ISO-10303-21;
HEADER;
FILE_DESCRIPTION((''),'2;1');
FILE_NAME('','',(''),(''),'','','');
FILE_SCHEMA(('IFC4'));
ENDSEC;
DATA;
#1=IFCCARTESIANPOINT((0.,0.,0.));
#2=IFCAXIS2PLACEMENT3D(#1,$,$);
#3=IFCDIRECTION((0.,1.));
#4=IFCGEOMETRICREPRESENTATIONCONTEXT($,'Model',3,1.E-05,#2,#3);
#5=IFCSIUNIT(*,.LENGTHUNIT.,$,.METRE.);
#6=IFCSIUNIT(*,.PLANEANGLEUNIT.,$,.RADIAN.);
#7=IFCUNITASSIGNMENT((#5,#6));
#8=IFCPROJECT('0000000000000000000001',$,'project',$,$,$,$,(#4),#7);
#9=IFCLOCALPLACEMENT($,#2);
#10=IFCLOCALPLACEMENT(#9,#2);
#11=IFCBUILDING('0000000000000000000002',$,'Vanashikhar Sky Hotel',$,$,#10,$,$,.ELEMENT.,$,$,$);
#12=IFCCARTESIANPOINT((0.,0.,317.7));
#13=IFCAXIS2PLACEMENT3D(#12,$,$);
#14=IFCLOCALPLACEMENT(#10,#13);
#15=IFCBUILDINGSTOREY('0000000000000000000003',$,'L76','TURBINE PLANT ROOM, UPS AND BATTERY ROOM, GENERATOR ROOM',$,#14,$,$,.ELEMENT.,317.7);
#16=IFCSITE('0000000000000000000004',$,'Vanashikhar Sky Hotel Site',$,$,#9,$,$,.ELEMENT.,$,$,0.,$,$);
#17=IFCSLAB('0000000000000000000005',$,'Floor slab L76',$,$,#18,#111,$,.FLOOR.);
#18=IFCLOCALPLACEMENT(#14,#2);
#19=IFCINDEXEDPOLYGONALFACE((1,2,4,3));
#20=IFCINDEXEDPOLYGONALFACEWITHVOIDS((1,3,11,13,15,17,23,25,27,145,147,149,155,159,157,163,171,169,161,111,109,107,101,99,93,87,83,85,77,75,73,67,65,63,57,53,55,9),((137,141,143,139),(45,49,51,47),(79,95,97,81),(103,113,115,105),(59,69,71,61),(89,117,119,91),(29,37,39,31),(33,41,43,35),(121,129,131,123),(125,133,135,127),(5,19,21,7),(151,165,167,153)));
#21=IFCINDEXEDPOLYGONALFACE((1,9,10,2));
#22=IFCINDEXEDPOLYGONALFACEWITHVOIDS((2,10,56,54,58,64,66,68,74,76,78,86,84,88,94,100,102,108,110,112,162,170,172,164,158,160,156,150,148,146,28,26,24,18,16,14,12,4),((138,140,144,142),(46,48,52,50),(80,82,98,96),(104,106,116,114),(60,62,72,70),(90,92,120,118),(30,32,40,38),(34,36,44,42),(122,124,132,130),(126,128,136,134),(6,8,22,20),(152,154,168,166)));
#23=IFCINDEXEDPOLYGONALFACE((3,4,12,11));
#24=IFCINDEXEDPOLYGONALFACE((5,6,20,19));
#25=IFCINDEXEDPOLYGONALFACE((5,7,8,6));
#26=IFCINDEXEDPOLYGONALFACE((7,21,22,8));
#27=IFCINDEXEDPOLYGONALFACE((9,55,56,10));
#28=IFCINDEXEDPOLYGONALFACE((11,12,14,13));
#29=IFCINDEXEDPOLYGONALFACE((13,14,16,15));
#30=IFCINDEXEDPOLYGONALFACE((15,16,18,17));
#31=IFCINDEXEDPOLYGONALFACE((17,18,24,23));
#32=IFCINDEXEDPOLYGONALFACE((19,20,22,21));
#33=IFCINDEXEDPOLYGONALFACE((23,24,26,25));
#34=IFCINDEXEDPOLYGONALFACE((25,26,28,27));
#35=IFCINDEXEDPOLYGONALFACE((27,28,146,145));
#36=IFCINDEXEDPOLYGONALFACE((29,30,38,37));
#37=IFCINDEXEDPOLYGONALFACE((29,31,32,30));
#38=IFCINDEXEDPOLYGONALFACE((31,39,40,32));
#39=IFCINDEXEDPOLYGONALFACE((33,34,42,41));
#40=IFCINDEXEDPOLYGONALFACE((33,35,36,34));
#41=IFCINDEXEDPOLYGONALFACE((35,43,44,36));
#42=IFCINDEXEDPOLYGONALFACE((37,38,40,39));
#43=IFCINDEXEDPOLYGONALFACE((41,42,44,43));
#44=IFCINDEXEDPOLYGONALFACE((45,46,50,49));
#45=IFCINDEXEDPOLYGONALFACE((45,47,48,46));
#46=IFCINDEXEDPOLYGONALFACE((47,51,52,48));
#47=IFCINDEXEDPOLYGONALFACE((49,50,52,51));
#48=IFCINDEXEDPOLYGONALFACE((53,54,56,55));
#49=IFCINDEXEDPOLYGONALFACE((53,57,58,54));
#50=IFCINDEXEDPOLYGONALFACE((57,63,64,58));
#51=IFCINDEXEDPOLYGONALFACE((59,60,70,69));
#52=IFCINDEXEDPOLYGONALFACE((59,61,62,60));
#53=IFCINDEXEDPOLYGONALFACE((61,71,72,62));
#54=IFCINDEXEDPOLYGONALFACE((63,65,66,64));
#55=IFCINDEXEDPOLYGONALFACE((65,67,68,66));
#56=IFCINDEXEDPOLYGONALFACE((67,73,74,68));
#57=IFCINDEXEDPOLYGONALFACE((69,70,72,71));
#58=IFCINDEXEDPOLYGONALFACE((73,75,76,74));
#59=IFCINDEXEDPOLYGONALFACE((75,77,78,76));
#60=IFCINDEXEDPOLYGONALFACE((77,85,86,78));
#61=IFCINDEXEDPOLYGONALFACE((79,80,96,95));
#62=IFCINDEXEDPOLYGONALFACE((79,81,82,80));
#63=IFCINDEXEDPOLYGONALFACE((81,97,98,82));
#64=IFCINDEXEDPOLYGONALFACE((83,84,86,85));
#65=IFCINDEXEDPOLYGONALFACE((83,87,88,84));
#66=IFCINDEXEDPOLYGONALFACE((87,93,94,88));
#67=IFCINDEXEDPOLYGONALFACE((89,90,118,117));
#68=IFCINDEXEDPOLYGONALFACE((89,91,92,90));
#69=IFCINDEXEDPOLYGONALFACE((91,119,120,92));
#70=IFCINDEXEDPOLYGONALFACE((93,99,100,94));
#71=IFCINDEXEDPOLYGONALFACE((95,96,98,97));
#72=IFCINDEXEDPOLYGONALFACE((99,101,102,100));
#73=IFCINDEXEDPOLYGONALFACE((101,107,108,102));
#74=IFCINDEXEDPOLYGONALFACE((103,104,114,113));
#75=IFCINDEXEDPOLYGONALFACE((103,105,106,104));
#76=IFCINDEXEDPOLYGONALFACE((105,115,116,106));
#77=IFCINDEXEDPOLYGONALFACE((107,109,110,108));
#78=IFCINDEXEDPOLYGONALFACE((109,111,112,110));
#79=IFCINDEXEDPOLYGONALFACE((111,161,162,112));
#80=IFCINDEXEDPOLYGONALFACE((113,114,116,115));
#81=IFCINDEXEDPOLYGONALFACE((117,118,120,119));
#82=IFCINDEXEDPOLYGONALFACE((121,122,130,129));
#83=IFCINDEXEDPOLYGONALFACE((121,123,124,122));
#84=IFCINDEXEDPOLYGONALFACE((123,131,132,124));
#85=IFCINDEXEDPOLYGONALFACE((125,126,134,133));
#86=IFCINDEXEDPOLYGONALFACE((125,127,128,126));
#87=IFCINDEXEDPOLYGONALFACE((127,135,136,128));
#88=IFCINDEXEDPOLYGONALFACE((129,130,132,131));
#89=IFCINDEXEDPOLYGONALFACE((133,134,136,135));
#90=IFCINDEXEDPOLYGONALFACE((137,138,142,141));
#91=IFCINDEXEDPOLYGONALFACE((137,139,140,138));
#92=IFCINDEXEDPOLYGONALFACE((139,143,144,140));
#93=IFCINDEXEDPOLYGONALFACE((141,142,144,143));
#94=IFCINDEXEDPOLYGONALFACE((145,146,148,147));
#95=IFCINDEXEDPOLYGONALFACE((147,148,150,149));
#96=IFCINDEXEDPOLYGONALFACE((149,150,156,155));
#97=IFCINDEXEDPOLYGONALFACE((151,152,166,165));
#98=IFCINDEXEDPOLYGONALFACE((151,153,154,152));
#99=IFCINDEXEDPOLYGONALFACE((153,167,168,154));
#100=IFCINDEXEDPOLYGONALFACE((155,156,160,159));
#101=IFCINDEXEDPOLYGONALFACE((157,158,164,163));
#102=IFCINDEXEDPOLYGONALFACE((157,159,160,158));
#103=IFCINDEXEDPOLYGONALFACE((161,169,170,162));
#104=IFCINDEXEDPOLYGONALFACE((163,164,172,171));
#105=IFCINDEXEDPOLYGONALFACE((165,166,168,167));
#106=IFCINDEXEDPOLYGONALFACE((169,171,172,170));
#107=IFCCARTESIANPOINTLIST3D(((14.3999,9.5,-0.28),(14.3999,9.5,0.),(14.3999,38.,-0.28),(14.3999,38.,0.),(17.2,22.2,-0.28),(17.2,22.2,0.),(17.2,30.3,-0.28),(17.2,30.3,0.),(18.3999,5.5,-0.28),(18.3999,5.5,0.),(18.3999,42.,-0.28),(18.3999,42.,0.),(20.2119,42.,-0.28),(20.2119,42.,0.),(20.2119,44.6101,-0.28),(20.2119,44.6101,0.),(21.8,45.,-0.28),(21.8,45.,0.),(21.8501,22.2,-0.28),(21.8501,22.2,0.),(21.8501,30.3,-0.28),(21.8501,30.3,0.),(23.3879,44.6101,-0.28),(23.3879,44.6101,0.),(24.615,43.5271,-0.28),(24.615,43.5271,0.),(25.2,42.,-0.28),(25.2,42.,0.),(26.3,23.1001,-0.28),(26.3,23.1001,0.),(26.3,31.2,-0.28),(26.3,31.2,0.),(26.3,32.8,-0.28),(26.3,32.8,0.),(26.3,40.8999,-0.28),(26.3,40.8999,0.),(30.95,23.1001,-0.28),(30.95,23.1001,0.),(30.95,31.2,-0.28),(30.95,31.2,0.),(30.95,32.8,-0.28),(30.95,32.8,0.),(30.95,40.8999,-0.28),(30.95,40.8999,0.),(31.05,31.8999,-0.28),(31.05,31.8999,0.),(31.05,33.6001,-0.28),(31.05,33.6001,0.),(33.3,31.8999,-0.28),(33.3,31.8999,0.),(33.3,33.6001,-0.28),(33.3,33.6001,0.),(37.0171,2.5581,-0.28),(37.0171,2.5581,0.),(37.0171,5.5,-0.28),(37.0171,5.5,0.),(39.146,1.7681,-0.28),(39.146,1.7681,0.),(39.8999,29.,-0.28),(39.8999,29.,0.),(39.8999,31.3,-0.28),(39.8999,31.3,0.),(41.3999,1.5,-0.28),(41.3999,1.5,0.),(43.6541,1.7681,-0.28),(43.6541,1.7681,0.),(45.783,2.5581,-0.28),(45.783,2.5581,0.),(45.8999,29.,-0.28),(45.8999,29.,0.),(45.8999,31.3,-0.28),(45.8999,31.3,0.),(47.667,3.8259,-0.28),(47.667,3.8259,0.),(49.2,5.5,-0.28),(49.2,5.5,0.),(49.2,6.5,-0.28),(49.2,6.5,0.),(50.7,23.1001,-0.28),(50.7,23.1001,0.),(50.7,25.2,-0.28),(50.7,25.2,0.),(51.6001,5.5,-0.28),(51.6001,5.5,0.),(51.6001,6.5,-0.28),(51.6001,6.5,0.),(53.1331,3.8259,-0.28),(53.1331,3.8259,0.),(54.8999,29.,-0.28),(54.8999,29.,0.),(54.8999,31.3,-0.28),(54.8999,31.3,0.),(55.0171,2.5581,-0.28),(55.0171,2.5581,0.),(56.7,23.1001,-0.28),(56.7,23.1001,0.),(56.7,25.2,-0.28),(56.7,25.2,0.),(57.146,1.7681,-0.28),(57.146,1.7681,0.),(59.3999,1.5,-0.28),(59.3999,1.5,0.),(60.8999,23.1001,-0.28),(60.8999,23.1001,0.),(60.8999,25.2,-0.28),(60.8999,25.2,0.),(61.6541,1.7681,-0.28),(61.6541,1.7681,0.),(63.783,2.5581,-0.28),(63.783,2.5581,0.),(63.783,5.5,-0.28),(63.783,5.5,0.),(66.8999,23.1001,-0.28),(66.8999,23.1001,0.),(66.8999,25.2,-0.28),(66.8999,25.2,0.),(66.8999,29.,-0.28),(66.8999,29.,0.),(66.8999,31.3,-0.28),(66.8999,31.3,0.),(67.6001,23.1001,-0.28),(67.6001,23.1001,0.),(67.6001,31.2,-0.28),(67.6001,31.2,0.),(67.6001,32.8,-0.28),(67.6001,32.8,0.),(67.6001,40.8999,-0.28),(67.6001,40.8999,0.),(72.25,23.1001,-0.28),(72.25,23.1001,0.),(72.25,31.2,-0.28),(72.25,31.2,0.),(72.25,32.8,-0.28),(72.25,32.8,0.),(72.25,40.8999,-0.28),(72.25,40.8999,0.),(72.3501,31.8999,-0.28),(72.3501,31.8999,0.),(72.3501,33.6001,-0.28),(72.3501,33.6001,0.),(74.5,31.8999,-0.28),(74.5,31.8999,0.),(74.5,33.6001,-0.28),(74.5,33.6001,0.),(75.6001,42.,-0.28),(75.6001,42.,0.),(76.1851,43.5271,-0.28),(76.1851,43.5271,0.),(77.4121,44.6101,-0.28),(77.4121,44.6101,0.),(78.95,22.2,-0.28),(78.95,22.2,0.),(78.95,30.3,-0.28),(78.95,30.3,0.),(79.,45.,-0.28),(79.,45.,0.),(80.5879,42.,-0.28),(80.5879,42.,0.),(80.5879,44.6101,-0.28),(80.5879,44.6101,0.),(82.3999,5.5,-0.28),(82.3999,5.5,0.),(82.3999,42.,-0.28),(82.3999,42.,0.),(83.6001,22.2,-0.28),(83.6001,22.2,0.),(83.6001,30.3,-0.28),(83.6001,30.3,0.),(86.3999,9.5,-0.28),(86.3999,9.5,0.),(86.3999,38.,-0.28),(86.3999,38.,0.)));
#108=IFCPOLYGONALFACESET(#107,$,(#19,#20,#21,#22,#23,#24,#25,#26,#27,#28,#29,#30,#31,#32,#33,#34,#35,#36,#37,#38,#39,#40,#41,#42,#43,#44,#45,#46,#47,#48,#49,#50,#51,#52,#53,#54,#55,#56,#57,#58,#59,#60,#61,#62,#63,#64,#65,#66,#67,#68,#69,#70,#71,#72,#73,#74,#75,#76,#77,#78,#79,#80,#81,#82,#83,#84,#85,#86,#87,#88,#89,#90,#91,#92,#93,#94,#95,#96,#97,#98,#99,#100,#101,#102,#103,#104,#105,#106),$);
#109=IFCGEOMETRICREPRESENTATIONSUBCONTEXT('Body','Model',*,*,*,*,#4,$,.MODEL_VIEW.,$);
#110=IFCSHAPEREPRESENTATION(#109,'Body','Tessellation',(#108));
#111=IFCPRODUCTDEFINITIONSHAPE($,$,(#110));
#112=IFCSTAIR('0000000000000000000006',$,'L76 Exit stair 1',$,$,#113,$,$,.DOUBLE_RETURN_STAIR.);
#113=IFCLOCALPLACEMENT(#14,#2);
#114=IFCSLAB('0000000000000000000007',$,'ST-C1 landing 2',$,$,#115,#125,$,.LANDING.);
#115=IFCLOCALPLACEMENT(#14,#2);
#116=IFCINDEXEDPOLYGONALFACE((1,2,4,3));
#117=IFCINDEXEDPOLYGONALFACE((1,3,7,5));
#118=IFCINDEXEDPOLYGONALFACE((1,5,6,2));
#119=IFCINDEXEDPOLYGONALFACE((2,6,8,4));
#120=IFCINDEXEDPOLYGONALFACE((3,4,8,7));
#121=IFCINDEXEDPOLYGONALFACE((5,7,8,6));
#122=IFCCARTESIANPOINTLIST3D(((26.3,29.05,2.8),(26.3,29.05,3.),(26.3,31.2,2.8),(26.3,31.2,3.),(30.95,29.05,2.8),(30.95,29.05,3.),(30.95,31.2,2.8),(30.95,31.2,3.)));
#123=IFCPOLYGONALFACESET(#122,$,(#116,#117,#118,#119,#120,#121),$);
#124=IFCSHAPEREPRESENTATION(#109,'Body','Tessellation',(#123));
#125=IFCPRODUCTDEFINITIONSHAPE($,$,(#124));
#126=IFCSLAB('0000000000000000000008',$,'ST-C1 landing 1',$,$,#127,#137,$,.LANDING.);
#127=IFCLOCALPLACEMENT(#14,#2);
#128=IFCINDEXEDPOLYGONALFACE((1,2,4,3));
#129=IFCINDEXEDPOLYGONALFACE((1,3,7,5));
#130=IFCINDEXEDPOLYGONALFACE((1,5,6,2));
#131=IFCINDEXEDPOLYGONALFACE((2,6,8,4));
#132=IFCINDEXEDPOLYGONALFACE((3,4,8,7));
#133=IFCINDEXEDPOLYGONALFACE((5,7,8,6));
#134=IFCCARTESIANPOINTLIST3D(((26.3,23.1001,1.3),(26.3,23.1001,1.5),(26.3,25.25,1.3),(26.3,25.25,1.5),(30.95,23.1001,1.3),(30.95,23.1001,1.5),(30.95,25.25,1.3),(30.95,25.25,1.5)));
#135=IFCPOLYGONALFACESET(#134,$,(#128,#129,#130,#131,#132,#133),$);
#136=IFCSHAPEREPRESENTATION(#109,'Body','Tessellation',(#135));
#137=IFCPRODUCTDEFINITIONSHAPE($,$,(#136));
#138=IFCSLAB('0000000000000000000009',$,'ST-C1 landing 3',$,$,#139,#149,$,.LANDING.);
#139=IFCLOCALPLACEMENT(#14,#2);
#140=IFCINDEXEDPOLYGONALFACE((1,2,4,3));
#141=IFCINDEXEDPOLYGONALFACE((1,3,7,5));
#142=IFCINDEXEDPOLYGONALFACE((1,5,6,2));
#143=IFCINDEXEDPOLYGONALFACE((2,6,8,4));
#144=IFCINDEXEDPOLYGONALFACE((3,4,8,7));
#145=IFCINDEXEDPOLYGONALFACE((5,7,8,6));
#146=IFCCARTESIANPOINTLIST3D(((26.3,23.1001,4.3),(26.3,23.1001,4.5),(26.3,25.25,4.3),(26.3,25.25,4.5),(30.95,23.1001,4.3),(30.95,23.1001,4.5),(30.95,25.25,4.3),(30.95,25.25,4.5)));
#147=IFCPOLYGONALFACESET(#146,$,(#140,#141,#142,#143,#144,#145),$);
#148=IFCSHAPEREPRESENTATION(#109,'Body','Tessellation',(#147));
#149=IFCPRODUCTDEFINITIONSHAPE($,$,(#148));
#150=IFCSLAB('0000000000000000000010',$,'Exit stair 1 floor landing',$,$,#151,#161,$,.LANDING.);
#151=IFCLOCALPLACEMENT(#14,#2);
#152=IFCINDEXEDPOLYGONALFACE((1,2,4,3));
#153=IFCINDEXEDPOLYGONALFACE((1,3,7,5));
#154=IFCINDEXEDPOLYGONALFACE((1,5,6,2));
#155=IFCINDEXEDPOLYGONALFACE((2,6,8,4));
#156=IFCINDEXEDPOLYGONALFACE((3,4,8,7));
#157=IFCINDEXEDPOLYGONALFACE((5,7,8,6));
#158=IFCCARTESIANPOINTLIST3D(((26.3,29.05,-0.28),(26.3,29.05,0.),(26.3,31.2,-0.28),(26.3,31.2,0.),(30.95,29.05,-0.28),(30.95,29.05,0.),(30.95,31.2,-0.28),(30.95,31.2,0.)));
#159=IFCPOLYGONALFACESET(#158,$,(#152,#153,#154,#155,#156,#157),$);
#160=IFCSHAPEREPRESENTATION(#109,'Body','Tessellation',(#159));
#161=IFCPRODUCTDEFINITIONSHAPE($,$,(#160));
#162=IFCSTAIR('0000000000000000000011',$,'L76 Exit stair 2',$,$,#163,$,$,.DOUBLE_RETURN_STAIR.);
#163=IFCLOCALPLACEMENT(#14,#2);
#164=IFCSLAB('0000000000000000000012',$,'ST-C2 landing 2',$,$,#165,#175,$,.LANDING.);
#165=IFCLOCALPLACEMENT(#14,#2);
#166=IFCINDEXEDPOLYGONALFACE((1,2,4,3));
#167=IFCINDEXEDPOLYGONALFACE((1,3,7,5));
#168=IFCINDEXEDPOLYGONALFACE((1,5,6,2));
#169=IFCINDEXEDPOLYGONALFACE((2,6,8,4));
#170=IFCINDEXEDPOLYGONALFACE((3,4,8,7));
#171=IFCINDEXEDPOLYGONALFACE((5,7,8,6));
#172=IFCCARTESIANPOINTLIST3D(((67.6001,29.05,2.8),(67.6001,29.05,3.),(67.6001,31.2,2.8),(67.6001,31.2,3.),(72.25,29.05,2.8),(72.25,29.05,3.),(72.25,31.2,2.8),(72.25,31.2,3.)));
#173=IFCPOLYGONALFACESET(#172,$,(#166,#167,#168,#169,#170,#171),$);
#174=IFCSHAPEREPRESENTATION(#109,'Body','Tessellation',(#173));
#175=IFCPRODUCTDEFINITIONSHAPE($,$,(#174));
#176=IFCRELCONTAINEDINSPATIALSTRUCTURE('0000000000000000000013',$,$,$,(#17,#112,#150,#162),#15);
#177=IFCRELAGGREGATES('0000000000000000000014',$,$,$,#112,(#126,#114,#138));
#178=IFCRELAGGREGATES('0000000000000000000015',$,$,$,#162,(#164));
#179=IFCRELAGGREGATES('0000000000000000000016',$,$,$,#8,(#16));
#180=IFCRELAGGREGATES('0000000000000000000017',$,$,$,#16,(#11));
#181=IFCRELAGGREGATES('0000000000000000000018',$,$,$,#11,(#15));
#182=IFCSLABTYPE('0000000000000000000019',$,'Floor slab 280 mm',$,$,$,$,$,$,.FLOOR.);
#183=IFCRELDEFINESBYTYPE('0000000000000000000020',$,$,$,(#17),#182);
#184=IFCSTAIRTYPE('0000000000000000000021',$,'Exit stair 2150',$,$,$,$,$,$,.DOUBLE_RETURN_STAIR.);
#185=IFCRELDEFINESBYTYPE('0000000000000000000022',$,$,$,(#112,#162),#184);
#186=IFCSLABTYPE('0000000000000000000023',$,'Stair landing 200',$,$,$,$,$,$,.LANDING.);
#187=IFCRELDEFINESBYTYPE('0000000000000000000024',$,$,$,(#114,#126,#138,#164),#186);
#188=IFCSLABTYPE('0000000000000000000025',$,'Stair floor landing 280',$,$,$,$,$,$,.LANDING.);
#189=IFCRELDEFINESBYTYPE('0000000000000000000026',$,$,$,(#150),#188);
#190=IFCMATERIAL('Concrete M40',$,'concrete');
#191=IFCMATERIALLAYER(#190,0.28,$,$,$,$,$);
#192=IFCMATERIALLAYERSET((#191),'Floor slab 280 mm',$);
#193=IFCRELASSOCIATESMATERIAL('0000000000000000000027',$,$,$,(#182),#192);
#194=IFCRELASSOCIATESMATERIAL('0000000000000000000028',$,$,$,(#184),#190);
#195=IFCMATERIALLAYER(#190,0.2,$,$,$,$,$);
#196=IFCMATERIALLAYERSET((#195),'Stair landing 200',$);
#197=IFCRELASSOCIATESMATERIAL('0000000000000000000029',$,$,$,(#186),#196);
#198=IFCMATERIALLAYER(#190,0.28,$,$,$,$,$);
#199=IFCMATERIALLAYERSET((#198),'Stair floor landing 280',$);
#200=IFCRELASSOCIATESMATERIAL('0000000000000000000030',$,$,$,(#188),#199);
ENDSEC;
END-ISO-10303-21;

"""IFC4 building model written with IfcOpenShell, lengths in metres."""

from ifc_helpers import new_model, si_unit, direction, frame, origin, place, context, subcontext, project, spatial, polyline, outline, extrude, source, transform, mapped, material, layer, layer_set, type_object, element, aggregate, save


model = new_model("IFC4")

# Units and contexts
model_context = context("Model", 3, precision=1e-05, world=origin(), true_north=direction((0.0, 1.0)))
body_context = subcontext(model_context, "Body", "Model", "MODEL_VIEW")
ifc_project = project(units=[si_unit("LENGTHUNIT", "METRE"), si_unit("PLANEANGLEUNIT", "RADIAN")], contexts=[model_context])

# Site, building, storey
site_placement = place(None, origin())
site = spatial("IfcSite", under=ifc_project, at=site_placement, Name="Vanashikhar Sky Hotel Site", CompositionType="ELEMENT", RefElevation=0.0)
building_placement = place(site_placement, origin())
building = spatial("IfcBuilding", under=site, at=building_placement, Name="Vanashikhar Sky Hotel", CompositionType="ELEMENT")
storey_placement = place(building_placement, frame((0.0, 0.0, 317.7)))
storey = spatial("IfcBuildingStorey", under=building, at=storey_placement, Name="L76", Description="TURBINE PLANT ROOM, UPS AND BATTERY ROOM, GENERATOR ROOM", CompositionType="ELEMENT", Elevation=317.7)

# Slab
ifc_material_1 = material(Name="Concrete M40", Category="concrete")
ifc_layer_1 = layer(ifc_material_1, 0.28)
ifc_layer_set_1 = layer_set([ifc_layer_1], Name="Floor slab 280 mm")
slab_type_1 = type_object("IfcSlabType", Name="Floor slab 280 mm", PredefinedType="FLOOR", material=ifc_layer_set_1)
shared_shape_1 = source(origin(), body_context, "Body", "SweptSolid", [
    extrude(outline(polyline([(49.2, 5.5), (49.2, 6.5), (51.6001, 6.5), (51.6001, 5.5), (53.1331, 3.8259), (55.0171, 2.5581), (57.146, 1.7681), (59.3999, 1.5), (61.6541, 1.7681), (63.783, 2.5581), (63.783, 5.5), (82.3999, 5.5), (86.3999, 9.5), (86.3999, 38.0), (82.3999, 42.0), (80.5879, 42.0), (80.5879, 44.6101), (79.0, 45.0), (77.4121, 44.6101), (76.1851, 43.5271), (75.6001, 42.0), (25.2, 42.0), (24.615, 43.5271), (23.3879, 44.6101), (21.8, 45.0), (20.2119, 44.6101), (20.2119, 42.0), (18.3999, 42.0), (14.3999, 38.0), (14.3999, 9.5), (18.3999, 5.5), (37.0171, 5.5), (37.0171, 2.5581), (39.146, 1.7681), (41.3999, 1.5), (43.6541, 1.7681), (45.783, 2.5581), (47.667, 3.8259), (49.2, 5.5)]), holes=[polyline([(33.3, 33.6001), (31.05, 33.6001), (31.05, 31.8999), (33.3, 31.8999), (33.3, 33.6001)]), polyline([(39.8999, 31.3), (39.8999, 29.0), (45.8999, 29.0), (45.8999, 31.3), (39.8999, 31.3)]), polyline([(50.7, 25.2), (50.7, 23.1001), (56.7, 23.1001), (56.7, 25.2), (50.7, 25.2)]), polyline([(66.8999, 29.0), (66.8999, 31.3), (54.8999, 31.3), (54.8999, 29.0), (66.8999, 29.0)]), polyline([(60.8999, 25.2), (60.8999, 23.1001), (66.8999, 23.1001), (66.8999, 25.2), (60.8999, 25.2)]), polyline([(74.5, 33.6001), (72.3501, 33.6001), (72.3501, 31.8999), (74.5, 31.8999), (74.5, 33.6001)]), polyline([(30.95, 23.1001), (30.95, 31.2), (26.3, 31.2), (26.3, 23.1001), (30.95, 23.1001)]), polyline([(72.25, 23.1001), (72.25, 31.2), (67.6001, 31.2), (67.6001, 23.1001), (72.25, 23.1001)]), polyline([(30.95, 32.8), (30.95, 40.8999), (26.3, 40.8999), (26.3, 32.8), (30.95, 32.8)]), polyline([(72.25, 32.8), (72.25, 40.8999), (67.6001, 40.8999), (67.6001, 32.8), (72.25, 32.8)]), polyline([(83.6001, 22.2), (83.6001, 30.3), (78.95, 30.3), (78.95, 22.2), (83.6001, 22.2)]), polyline([(21.8501, 22.2), (21.8501, 30.3), (17.2, 30.3), (17.2, 22.2), (21.8501, 22.2)])]), origin(), (0.0, 0.0, 1.0), 0.28),
])
slab_1_placement = place(storey_placement, frame((0.0, 0.0, -0.28)))
element("IfcSlab", 1, at=slab_1_placement, inside=storey, type_object=slab_type_1, Name="Floor slab L76", PredefinedType="FLOOR", context=body_context, shape_type="MappedRepresentation", body=[
    mapped(shared_shape_1, transform((0.0, 0.0, 0.0), scale=1.0)),
])

# Stair, slabs
stair_type = type_object("IfcStairType", Name="Exit stair 2150", PredefinedType="DOUBLE_RETURN_STAIR", material=ifc_material_1)
stair_1_placement = place(storey_placement, origin())
stair_1 = element("IfcStair", 2, at=stair_1_placement, inside=storey, type_object=stair_type, Name="L76 Exit stair 1", PredefinedType="DOUBLE_RETURN_STAIR")
ifc_layer_2 = layer(ifc_material_1, 0.2)
ifc_layer_set_2 = layer_set([ifc_layer_2], Name="Stair landing 200")
slab_type_2 = type_object("IfcSlabType", Name="Stair landing 200", PredefinedType="LANDING", material=ifc_layer_set_2)
shared_shape_2 = source(origin(), body_context, "Body", "SweptSolid", [
    extrude(outline(polyline([(30.95, 29.05), (30.95, 31.2), (26.3, 31.2), (26.3, 29.05), (30.95, 29.05)])), origin(), (0.0, 0.0, 1.0), 0.2),
])
slab_2_placement = place(storey_placement, frame((0.0, 0.0, 2.8)))
slab_2 = element("IfcSlab", 3, at=slab_2_placement, type_object=slab_type_2, Name="ST-C1 landing 2", PredefinedType="LANDING", context=body_context, shape_type="MappedRepresentation", body=[
    mapped(shared_shape_2, transform((0.0, 0.0, 0.0), scale=1.0)),
])
shared_shape_3 = source(origin(), body_context, "Body", "SweptSolid", [
    extrude(outline(polyline([(30.95, 23.1001), (30.95, 25.25), (26.3, 25.25), (26.3, 23.1001), (30.95, 23.1001)])), origin(), (0.0, 0.0, 1.0), 0.2),
])
slab_3_placement = place(storey_placement, frame((0.0, 0.0, 1.3)))
slab_3 = element("IfcSlab", 4, at=slab_3_placement, type_object=slab_type_2, Name="ST-C1 landing 1", PredefinedType="LANDING", context=body_context, shape_type="MappedRepresentation", body=[
    mapped(shared_shape_3, transform((0.0, 0.0, 0.0), scale=1.0)),
])
slab_4_placement = place(storey_placement, frame((0.0, 0.0, 4.3)))
slab_4 = element("IfcSlab", 5, at=slab_4_placement, type_object=slab_type_2, Name="ST-C1 landing 3", PredefinedType="LANDING", context=body_context, shape_type="MappedRepresentation", body=[
    mapped(shared_shape_3, transform((0.0, 0.0, 0.0), scale=1.0)),
])
aggregate(stair_1, [slab_3, slab_2, slab_4])

# Slab
ifc_layer_3 = layer(ifc_material_1, 0.28)
ifc_layer_set_3 = layer_set([ifc_layer_3], Name="Stair floor landing 280")
slab_type_3 = type_object("IfcSlabType", Name="Stair floor landing 280", PredefinedType="LANDING", material=ifc_layer_set_3)
shared_shape_4 = source(origin(), body_context, "Body", "SweptSolid", [
    extrude(outline(polyline([(30.95, 29.05), (30.95, 31.2), (26.3, 31.2), (26.3, 29.05), (30.95, 29.05)])), origin(), (0.0, 0.0, 1.0), 0.28),
])
slab_5_placement = place(storey_placement, frame((0.0, 0.0, -0.28)))
element("IfcSlab", 6, at=slab_5_placement, inside=storey, type_object=slab_type_3, Name="Exit stair 1 floor landing", PredefinedType="LANDING", context=body_context, shape_type="MappedRepresentation", body=[
    mapped(shared_shape_4, transform((0.0, 0.0, 0.0), scale=1.0)),
])

# Stair, slab
stair_2_placement = place(storey_placement, origin())
stair_2 = element("IfcStair", 7, at=stair_2_placement, inside=storey, type_object=stair_type, Name="L76 Exit stair 2", PredefinedType="DOUBLE_RETURN_STAIR")
shared_shape_5 = source(origin(), body_context, "Body", "SweptSolid", [
    extrude(outline(polyline([(72.25, 29.05), (72.25, 31.2), (67.6001, 31.2), (67.6001, 29.05), (72.25, 29.05)])), origin(), (0.0, 0.0, 1.0), 0.2),
])
slab_6_placement = place(storey_placement, frame((0.0, 0.0, 2.8)))
slab_6 = element("IfcSlab", 8, at=slab_6_placement, type_object=slab_type_2, Name="ST-C2 landing 2", PredefinedType="LANDING", context=body_context, shape_type="MappedRepresentation", body=[
    mapped(shared_shape_5, transform((0.0, 0.0, 0.0), scale=1.0)),
])
aggregate(stair_2, [slab_6])

save(model, "model.ifc")
